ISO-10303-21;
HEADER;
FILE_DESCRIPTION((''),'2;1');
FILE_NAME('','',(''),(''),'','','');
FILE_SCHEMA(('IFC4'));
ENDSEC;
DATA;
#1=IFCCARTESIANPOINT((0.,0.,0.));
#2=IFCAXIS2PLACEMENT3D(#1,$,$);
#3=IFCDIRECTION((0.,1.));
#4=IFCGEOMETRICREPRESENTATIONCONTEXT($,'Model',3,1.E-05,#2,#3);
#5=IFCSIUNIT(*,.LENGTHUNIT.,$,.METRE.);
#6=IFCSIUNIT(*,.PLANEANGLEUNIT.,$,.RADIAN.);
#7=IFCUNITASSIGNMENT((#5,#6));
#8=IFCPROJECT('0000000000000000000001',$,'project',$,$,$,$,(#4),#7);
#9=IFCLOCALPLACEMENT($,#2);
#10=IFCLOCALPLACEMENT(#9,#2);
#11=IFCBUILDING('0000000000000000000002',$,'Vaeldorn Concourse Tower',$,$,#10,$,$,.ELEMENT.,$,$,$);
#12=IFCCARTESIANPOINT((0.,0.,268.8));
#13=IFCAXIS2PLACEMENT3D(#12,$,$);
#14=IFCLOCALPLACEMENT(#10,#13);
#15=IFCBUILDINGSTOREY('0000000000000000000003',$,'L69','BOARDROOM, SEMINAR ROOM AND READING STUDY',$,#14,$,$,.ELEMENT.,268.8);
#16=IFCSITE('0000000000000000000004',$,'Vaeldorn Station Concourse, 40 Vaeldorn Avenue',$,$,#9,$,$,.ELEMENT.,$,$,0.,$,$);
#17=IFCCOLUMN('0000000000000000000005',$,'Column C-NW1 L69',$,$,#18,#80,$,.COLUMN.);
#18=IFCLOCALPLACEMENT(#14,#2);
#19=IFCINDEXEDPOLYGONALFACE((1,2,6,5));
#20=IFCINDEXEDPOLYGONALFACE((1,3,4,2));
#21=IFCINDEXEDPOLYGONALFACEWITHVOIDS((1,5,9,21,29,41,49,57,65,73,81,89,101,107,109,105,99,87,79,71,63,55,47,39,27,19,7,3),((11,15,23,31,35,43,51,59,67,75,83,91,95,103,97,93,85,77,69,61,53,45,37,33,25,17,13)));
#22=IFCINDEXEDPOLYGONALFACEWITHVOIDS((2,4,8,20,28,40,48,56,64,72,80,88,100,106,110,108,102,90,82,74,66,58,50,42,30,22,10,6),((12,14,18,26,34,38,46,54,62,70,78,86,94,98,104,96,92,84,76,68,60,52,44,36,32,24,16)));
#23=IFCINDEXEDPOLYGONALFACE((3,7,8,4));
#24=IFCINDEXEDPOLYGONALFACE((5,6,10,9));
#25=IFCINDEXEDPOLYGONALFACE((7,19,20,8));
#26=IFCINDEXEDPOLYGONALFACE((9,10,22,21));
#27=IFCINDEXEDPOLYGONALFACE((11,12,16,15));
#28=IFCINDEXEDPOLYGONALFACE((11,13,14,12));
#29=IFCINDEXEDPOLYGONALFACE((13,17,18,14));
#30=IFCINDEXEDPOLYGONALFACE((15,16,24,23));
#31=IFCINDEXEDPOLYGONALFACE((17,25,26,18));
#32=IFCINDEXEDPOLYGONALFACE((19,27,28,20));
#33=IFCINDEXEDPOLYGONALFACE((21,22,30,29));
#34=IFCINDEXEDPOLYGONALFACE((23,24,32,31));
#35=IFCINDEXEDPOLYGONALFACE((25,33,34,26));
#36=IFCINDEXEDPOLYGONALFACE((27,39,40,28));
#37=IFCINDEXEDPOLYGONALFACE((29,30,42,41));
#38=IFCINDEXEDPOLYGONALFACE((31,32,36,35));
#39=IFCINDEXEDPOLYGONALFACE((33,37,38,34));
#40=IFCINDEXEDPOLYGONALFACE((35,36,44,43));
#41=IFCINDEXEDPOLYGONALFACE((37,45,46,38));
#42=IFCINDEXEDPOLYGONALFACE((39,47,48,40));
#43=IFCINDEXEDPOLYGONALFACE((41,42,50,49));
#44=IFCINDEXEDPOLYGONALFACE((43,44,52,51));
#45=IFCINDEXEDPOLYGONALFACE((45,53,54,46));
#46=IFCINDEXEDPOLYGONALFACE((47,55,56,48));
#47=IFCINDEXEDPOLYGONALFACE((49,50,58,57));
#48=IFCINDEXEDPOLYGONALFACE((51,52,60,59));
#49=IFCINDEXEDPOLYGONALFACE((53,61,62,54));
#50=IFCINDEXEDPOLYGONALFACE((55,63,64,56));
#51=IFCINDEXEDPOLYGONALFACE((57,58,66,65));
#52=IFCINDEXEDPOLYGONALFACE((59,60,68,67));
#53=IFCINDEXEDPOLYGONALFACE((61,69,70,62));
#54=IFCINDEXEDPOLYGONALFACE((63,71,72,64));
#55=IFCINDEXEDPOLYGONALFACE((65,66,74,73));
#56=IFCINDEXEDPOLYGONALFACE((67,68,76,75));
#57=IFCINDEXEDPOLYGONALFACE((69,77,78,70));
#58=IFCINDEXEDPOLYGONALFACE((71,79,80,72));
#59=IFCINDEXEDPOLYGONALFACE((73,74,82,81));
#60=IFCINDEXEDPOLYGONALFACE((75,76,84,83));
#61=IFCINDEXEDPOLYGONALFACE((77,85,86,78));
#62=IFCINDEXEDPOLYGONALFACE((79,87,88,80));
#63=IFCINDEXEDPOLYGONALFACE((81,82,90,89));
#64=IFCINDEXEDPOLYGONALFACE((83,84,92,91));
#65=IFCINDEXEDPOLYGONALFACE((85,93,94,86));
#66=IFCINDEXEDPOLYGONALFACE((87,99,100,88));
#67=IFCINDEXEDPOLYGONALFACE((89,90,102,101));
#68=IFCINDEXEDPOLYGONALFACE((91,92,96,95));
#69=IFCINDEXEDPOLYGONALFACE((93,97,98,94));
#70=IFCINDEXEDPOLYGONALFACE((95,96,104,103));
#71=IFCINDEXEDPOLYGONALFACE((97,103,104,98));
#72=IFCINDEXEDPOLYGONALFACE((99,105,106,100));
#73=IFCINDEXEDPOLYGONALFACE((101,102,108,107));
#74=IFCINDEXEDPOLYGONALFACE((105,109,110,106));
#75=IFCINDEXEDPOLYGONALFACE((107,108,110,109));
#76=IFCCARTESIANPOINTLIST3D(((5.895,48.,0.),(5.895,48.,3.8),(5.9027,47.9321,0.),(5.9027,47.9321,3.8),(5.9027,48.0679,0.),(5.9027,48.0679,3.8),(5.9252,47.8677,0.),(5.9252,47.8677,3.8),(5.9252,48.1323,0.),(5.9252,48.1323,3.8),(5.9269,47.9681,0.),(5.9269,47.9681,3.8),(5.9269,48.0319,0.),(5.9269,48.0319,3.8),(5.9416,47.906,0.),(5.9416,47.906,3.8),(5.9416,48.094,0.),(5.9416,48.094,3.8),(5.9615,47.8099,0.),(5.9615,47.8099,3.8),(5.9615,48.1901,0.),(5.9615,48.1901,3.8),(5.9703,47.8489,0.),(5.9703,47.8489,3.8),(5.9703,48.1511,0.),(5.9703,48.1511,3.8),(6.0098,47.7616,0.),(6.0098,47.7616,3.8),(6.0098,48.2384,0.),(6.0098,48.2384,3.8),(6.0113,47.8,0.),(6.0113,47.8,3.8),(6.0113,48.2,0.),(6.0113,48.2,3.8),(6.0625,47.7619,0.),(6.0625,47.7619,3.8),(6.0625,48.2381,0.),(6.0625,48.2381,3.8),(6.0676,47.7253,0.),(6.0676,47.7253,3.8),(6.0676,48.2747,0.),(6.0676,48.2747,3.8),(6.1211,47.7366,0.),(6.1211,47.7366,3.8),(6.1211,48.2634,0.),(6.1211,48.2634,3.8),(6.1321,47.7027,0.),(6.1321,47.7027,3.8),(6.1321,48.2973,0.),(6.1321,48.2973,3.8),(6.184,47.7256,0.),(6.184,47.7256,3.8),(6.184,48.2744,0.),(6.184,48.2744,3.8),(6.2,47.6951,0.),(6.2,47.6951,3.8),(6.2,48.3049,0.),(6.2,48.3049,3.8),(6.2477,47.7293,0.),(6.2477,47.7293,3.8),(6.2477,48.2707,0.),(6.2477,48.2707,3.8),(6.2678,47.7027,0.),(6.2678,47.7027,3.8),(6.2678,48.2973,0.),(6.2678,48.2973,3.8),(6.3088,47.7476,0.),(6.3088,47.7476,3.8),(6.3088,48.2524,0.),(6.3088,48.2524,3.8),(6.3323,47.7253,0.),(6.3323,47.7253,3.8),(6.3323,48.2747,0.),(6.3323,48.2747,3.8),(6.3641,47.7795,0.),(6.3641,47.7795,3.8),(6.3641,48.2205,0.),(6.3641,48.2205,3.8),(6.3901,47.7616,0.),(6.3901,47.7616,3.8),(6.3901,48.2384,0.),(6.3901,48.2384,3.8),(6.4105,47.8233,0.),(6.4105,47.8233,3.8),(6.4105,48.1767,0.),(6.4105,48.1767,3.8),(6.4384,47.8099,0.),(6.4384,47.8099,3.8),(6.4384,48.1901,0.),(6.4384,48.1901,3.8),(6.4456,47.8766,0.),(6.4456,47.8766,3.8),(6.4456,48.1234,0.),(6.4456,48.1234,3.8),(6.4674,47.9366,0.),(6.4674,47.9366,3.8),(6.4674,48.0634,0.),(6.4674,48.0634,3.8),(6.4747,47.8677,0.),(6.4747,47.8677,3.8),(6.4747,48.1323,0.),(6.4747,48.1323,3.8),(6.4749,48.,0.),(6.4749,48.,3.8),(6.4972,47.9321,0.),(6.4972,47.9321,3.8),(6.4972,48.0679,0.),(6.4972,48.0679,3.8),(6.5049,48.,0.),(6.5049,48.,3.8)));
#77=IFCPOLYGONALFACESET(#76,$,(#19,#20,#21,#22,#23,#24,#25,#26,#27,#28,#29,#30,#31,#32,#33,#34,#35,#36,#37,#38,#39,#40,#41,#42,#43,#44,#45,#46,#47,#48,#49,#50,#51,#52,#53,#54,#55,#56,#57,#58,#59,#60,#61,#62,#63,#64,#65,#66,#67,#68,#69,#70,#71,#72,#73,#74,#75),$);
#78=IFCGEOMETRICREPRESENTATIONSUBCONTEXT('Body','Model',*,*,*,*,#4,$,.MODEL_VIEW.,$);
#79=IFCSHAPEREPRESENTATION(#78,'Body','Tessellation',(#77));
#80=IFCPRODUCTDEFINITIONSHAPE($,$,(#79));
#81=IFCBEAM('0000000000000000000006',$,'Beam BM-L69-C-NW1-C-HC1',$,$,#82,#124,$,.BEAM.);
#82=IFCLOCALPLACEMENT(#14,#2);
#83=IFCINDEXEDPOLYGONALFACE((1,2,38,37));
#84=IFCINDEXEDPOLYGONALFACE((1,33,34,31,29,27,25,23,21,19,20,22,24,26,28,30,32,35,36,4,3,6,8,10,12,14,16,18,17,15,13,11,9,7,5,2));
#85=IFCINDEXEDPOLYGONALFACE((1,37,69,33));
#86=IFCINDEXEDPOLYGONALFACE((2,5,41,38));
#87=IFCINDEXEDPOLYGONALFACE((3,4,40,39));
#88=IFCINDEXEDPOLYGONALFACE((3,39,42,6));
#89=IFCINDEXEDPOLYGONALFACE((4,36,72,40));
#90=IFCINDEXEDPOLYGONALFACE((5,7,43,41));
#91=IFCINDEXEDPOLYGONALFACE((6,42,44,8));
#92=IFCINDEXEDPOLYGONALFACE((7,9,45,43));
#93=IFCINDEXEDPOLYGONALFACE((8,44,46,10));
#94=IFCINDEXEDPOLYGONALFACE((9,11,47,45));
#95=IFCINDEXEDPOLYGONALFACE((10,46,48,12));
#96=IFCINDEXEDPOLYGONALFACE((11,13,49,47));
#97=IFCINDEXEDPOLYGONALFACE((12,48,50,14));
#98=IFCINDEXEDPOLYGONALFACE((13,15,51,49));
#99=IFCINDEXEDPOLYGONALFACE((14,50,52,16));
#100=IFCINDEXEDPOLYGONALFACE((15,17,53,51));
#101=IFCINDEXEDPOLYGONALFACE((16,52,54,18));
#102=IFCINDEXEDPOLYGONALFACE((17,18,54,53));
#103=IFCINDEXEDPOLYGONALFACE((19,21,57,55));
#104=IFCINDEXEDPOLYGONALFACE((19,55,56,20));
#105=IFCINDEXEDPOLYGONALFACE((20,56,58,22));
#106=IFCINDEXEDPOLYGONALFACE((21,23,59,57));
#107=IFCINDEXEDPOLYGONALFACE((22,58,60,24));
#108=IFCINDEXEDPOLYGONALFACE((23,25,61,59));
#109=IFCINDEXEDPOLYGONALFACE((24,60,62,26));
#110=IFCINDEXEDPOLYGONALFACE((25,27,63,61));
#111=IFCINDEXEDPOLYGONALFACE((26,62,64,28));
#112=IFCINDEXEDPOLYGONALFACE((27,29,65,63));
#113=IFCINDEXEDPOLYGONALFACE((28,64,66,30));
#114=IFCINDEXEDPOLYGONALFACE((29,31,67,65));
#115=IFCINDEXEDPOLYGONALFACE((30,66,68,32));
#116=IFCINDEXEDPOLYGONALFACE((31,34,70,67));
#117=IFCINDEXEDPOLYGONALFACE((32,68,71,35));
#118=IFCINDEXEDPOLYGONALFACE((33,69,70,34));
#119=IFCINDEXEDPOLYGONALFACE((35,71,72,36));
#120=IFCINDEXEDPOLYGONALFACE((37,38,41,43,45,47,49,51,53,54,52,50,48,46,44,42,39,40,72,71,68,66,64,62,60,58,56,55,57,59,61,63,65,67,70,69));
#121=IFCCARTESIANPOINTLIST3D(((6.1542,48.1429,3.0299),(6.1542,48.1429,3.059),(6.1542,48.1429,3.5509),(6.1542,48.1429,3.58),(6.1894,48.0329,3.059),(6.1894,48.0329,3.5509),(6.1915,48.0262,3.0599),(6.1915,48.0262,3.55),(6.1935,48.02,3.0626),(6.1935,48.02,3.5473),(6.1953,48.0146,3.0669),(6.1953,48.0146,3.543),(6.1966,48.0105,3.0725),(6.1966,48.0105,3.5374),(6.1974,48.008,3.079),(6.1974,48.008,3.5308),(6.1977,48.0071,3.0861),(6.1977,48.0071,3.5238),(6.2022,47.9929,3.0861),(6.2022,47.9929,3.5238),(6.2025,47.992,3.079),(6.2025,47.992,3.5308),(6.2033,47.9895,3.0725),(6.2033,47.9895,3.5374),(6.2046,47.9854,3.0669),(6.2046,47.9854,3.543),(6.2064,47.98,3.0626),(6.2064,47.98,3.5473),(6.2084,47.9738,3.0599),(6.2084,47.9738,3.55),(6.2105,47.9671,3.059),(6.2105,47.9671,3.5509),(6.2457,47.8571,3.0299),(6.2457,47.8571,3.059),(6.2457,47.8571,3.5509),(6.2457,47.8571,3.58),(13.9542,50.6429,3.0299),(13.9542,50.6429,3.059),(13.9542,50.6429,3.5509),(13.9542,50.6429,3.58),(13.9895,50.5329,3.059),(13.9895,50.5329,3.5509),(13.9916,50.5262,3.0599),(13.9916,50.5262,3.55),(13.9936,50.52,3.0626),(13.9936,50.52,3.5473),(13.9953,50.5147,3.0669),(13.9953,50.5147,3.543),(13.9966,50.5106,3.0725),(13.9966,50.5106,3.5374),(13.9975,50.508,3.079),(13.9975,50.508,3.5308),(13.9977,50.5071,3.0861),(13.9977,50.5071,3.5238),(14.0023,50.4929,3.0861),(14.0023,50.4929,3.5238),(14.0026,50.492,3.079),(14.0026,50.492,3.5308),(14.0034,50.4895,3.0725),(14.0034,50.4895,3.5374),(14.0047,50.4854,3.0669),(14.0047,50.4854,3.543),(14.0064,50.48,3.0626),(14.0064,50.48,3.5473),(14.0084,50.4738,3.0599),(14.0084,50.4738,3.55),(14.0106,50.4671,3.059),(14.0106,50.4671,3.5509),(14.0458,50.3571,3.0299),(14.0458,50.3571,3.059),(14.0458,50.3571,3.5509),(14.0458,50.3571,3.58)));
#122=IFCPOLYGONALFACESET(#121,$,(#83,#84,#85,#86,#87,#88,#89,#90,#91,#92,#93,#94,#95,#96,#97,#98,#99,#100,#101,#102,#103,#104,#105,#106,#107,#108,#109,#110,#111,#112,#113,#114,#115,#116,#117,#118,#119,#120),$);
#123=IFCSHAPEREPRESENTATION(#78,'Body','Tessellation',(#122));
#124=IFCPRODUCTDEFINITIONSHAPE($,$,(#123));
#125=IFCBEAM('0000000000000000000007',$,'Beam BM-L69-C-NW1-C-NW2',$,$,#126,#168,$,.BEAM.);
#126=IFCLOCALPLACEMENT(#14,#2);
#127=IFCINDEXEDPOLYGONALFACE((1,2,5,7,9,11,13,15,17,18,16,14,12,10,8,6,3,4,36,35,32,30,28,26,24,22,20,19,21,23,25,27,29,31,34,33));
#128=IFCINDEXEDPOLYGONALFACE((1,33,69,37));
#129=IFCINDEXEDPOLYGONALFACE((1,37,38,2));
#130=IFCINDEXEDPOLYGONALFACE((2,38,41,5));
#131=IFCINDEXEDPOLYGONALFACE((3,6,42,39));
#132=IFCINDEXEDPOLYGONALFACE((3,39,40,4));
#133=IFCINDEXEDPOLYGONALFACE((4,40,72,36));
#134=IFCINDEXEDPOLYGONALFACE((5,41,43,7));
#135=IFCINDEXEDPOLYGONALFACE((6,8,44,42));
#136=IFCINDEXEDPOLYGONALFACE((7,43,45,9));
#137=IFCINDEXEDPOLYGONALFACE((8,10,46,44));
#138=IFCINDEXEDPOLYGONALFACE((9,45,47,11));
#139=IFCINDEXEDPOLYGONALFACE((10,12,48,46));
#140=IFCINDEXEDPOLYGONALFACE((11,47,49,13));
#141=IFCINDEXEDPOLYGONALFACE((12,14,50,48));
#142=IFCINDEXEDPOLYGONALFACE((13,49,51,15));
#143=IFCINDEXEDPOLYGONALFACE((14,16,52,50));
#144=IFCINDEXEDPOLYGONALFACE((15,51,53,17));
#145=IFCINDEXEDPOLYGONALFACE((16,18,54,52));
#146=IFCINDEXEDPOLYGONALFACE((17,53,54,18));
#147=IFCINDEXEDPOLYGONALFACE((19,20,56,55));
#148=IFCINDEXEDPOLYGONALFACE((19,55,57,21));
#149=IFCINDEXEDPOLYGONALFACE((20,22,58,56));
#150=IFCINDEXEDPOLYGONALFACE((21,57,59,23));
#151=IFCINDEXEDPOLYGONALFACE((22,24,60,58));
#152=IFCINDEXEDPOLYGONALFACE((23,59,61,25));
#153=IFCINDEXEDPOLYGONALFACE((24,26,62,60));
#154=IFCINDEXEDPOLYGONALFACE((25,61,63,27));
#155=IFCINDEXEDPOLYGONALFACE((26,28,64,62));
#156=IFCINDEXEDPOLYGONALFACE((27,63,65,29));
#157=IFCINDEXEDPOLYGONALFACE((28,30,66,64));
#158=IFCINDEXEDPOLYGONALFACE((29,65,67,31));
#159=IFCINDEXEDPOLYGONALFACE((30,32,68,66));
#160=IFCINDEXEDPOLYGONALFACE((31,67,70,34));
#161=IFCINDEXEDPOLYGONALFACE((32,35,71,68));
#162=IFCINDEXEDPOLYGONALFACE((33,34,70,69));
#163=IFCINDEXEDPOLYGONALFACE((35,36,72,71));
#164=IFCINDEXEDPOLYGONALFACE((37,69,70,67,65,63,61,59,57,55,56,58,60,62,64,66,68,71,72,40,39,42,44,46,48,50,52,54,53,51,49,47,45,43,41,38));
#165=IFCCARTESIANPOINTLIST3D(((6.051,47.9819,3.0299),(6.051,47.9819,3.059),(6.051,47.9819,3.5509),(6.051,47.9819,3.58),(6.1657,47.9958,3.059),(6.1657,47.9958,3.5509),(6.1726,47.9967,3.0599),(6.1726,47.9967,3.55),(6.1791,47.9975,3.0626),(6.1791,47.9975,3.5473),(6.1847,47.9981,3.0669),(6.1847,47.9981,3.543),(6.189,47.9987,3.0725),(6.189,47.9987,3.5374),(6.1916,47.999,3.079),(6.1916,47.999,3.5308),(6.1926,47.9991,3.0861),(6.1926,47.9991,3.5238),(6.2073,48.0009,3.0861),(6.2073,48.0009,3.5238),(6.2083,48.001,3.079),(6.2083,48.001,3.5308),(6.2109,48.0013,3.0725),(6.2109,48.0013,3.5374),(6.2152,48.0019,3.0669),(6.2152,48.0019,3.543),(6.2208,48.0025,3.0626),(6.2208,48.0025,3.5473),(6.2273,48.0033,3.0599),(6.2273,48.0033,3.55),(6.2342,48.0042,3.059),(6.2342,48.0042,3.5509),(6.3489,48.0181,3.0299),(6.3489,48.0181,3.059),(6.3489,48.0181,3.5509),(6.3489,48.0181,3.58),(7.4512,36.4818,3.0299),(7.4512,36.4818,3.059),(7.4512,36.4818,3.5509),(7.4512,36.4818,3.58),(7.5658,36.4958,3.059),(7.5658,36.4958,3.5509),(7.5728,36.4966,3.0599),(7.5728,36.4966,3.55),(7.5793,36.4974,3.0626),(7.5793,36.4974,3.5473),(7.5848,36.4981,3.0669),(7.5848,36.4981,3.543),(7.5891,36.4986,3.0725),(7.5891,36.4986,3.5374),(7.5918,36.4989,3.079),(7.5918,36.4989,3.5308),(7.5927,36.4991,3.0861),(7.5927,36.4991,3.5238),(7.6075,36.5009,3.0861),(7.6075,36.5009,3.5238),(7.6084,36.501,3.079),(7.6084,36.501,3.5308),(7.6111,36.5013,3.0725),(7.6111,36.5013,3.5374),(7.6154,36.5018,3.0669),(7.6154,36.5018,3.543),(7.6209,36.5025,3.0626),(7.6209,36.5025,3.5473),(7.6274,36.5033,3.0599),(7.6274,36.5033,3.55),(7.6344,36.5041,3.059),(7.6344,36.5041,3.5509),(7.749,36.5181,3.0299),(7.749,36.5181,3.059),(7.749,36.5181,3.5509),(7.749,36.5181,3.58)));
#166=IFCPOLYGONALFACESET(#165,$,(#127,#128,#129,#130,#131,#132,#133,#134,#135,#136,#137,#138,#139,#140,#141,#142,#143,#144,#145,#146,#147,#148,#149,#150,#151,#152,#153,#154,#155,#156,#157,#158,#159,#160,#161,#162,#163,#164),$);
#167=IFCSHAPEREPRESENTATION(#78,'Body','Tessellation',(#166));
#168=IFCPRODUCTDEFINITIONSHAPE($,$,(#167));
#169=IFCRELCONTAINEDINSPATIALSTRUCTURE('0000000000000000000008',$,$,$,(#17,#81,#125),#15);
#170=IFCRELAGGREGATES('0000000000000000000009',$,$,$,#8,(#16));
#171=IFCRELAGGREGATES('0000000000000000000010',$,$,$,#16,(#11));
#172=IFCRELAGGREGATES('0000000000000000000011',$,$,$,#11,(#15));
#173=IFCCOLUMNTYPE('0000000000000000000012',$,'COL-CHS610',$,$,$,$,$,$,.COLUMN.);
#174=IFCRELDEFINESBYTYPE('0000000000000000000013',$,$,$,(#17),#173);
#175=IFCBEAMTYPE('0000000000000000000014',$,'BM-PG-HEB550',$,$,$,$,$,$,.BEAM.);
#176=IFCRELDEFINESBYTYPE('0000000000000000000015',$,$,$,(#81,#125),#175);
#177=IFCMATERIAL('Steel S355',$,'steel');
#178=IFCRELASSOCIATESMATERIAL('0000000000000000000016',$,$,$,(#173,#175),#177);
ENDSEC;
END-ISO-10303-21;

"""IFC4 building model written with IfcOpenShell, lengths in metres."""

from ifc_helpers import new_model, si_unit, direction, frame, origin, origin_2d, place, context, subcontext, project, spatial, hollow_circle, i_section, extrude, source, transform, mapped, material, material_profile, profile_set, type_object, element, save


model = new_model("IFC4")

# Units and contexts
model_context = context("Model", 3, precision=1e-05, world=origin(), true_north=direction((0.0, 1.0)))
body_context = subcontext(model_context, "Body", "Model", "MODEL_VIEW")
ifc_project = project(units=[si_unit("LENGTHUNIT", "METRE"), si_unit("PLANEANGLEUNIT", "RADIAN")], contexts=[model_context])

# Site, building, storey
site_placement = place(None, origin())
site = spatial("IfcSite", under=ifc_project, at=site_placement, Name="Vaeldorn Station Concourse, 40 Vaeldorn Avenue", CompositionType="ELEMENT", RefElevation=0.0)
building_placement = place(site_placement, origin())
building = spatial("IfcBuilding", under=site, at=building_placement, Name="Vaeldorn Concourse Tower", CompositionType="ELEMENT")
storey_placement = place(building_placement, frame((0.0, 0.0, 268.8)))
storey = spatial("IfcBuildingStorey", under=building, at=storey_placement, Name="L69", Description="BOARDROOM, SEMINAR ROOM AND READING STUDY", CompositionType="ELEMENT", Elevation=268.8)

# Column
ifc_material_1 = material(Name="Steel S355", Category="steel")
ifc_material_profile_1 = material_profile(ifc_material_1, hollow_circle(Radius=0.3049, WallThickness=0.03, at=origin_2d()), Name="CHS 610x30")
ifc_profile_set_1 = profile_set([ifc_material_profile_1], Name="Steel S355")
column_type = type_object("IfcColumnType", Name="COL-CHS610", PredefinedType="COLUMN", material=ifc_profile_set_1)
shared_shape_1 = source(origin(), body_context, "Body", "SweptSolid", [
    extrude(hollow_circle(Radius=0.3049, WallThickness=0.03, at=origin_2d()), origin(), (0.0, 0.0, 1.0), 3.8),
])
column_placement = place(storey_placement, frame((6.2, 48.0, 0.0), z_axis=(0.0, 0.0, 1.0), x_axis=(1.0, 0.0, 0.0)))
element("IfcColumn", 1, at=column_placement, inside=storey, type_object=column_type, Name="Column C-NW1 L69", PredefinedType="COLUMN", context=body_context, shape_type="MappedRepresentation", body=[
    mapped(shared_shape_1, transform((0.0, 0.0, 0.0), scale=1.0)),
])

# Beams
ifc_material_profile_2 = material_profile(ifc_material_1, i_section(OverallWidth=0.3, OverallDepth=0.55, WebThickness=0.0149, FlangeThickness=0.0291, FilletRadius=0.0271, at=origin_2d()), Name="HEB 550")
ifc_profile_set_2 = profile_set([ifc_material_profile_2], Name="Steel S355")
beam_type_1 = type_object("IfcBeamType", Name="BM-PG-HEB550", PredefinedType="BEAM", material=ifc_profile_set_2)
shared_shape_2 = source(origin(), body_context, "Body", "SweptSolid", [
    extrude(i_section(OverallWidth=0.3, OverallDepth=0.55, WebThickness=0.0149, FlangeThickness=0.0291, FilletRadius=0.0271, at=origin_2d()), origin(), (0.0, 0.0, 1.0), 8.1909),
])
beam_1_placement = place(storey_placement, frame((6.2, 48.0, 3.3049), z_axis=(0.952283, 0.305217, 0.0), x_axis=(-0.305217, 0.952283, 0.0)))
element("IfcBeam", 2, at=beam_1_placement, inside=storey, type_object=beam_type_1, Name="Beam BM-L69-C-NW1-C-HC1", PredefinedType="BEAM", context=body_context, shape_type="MappedRepresentation", body=[
    mapped(shared_shape_2, transform((0.0, 0.0, 0.0), scale=1.0)),
])
shared_shape_3 = source(origin(), body_context, "Body", "SweptSolid", [
    extrude(i_section(OverallWidth=0.3, OverallDepth=0.55, WebThickness=0.0149, FlangeThickness=0.0291, FilletRadius=0.0271, at=origin_2d()), origin(), (0.0, 0.0, 1.0), 11.585),
])
beam_2_placement = place(storey_placement, frame((6.2, 48.0, 3.3049), z_axis=(0.120859, -0.99267, 0.0), x_axis=(0.99267, 0.120859, 0.0)))
element("IfcBeam", 3, at=beam_2_placement, inside=storey, type_object=beam_type_1, Name="Beam BM-L69-C-NW1-C-NW2", PredefinedType="BEAM", context=body_context, shape_type="MappedRepresentation", body=[
    mapped(shared_shape_3, transform((0.0, 0.0, 0.0), scale=1.0)),
])

save(model, "model.ifc")
